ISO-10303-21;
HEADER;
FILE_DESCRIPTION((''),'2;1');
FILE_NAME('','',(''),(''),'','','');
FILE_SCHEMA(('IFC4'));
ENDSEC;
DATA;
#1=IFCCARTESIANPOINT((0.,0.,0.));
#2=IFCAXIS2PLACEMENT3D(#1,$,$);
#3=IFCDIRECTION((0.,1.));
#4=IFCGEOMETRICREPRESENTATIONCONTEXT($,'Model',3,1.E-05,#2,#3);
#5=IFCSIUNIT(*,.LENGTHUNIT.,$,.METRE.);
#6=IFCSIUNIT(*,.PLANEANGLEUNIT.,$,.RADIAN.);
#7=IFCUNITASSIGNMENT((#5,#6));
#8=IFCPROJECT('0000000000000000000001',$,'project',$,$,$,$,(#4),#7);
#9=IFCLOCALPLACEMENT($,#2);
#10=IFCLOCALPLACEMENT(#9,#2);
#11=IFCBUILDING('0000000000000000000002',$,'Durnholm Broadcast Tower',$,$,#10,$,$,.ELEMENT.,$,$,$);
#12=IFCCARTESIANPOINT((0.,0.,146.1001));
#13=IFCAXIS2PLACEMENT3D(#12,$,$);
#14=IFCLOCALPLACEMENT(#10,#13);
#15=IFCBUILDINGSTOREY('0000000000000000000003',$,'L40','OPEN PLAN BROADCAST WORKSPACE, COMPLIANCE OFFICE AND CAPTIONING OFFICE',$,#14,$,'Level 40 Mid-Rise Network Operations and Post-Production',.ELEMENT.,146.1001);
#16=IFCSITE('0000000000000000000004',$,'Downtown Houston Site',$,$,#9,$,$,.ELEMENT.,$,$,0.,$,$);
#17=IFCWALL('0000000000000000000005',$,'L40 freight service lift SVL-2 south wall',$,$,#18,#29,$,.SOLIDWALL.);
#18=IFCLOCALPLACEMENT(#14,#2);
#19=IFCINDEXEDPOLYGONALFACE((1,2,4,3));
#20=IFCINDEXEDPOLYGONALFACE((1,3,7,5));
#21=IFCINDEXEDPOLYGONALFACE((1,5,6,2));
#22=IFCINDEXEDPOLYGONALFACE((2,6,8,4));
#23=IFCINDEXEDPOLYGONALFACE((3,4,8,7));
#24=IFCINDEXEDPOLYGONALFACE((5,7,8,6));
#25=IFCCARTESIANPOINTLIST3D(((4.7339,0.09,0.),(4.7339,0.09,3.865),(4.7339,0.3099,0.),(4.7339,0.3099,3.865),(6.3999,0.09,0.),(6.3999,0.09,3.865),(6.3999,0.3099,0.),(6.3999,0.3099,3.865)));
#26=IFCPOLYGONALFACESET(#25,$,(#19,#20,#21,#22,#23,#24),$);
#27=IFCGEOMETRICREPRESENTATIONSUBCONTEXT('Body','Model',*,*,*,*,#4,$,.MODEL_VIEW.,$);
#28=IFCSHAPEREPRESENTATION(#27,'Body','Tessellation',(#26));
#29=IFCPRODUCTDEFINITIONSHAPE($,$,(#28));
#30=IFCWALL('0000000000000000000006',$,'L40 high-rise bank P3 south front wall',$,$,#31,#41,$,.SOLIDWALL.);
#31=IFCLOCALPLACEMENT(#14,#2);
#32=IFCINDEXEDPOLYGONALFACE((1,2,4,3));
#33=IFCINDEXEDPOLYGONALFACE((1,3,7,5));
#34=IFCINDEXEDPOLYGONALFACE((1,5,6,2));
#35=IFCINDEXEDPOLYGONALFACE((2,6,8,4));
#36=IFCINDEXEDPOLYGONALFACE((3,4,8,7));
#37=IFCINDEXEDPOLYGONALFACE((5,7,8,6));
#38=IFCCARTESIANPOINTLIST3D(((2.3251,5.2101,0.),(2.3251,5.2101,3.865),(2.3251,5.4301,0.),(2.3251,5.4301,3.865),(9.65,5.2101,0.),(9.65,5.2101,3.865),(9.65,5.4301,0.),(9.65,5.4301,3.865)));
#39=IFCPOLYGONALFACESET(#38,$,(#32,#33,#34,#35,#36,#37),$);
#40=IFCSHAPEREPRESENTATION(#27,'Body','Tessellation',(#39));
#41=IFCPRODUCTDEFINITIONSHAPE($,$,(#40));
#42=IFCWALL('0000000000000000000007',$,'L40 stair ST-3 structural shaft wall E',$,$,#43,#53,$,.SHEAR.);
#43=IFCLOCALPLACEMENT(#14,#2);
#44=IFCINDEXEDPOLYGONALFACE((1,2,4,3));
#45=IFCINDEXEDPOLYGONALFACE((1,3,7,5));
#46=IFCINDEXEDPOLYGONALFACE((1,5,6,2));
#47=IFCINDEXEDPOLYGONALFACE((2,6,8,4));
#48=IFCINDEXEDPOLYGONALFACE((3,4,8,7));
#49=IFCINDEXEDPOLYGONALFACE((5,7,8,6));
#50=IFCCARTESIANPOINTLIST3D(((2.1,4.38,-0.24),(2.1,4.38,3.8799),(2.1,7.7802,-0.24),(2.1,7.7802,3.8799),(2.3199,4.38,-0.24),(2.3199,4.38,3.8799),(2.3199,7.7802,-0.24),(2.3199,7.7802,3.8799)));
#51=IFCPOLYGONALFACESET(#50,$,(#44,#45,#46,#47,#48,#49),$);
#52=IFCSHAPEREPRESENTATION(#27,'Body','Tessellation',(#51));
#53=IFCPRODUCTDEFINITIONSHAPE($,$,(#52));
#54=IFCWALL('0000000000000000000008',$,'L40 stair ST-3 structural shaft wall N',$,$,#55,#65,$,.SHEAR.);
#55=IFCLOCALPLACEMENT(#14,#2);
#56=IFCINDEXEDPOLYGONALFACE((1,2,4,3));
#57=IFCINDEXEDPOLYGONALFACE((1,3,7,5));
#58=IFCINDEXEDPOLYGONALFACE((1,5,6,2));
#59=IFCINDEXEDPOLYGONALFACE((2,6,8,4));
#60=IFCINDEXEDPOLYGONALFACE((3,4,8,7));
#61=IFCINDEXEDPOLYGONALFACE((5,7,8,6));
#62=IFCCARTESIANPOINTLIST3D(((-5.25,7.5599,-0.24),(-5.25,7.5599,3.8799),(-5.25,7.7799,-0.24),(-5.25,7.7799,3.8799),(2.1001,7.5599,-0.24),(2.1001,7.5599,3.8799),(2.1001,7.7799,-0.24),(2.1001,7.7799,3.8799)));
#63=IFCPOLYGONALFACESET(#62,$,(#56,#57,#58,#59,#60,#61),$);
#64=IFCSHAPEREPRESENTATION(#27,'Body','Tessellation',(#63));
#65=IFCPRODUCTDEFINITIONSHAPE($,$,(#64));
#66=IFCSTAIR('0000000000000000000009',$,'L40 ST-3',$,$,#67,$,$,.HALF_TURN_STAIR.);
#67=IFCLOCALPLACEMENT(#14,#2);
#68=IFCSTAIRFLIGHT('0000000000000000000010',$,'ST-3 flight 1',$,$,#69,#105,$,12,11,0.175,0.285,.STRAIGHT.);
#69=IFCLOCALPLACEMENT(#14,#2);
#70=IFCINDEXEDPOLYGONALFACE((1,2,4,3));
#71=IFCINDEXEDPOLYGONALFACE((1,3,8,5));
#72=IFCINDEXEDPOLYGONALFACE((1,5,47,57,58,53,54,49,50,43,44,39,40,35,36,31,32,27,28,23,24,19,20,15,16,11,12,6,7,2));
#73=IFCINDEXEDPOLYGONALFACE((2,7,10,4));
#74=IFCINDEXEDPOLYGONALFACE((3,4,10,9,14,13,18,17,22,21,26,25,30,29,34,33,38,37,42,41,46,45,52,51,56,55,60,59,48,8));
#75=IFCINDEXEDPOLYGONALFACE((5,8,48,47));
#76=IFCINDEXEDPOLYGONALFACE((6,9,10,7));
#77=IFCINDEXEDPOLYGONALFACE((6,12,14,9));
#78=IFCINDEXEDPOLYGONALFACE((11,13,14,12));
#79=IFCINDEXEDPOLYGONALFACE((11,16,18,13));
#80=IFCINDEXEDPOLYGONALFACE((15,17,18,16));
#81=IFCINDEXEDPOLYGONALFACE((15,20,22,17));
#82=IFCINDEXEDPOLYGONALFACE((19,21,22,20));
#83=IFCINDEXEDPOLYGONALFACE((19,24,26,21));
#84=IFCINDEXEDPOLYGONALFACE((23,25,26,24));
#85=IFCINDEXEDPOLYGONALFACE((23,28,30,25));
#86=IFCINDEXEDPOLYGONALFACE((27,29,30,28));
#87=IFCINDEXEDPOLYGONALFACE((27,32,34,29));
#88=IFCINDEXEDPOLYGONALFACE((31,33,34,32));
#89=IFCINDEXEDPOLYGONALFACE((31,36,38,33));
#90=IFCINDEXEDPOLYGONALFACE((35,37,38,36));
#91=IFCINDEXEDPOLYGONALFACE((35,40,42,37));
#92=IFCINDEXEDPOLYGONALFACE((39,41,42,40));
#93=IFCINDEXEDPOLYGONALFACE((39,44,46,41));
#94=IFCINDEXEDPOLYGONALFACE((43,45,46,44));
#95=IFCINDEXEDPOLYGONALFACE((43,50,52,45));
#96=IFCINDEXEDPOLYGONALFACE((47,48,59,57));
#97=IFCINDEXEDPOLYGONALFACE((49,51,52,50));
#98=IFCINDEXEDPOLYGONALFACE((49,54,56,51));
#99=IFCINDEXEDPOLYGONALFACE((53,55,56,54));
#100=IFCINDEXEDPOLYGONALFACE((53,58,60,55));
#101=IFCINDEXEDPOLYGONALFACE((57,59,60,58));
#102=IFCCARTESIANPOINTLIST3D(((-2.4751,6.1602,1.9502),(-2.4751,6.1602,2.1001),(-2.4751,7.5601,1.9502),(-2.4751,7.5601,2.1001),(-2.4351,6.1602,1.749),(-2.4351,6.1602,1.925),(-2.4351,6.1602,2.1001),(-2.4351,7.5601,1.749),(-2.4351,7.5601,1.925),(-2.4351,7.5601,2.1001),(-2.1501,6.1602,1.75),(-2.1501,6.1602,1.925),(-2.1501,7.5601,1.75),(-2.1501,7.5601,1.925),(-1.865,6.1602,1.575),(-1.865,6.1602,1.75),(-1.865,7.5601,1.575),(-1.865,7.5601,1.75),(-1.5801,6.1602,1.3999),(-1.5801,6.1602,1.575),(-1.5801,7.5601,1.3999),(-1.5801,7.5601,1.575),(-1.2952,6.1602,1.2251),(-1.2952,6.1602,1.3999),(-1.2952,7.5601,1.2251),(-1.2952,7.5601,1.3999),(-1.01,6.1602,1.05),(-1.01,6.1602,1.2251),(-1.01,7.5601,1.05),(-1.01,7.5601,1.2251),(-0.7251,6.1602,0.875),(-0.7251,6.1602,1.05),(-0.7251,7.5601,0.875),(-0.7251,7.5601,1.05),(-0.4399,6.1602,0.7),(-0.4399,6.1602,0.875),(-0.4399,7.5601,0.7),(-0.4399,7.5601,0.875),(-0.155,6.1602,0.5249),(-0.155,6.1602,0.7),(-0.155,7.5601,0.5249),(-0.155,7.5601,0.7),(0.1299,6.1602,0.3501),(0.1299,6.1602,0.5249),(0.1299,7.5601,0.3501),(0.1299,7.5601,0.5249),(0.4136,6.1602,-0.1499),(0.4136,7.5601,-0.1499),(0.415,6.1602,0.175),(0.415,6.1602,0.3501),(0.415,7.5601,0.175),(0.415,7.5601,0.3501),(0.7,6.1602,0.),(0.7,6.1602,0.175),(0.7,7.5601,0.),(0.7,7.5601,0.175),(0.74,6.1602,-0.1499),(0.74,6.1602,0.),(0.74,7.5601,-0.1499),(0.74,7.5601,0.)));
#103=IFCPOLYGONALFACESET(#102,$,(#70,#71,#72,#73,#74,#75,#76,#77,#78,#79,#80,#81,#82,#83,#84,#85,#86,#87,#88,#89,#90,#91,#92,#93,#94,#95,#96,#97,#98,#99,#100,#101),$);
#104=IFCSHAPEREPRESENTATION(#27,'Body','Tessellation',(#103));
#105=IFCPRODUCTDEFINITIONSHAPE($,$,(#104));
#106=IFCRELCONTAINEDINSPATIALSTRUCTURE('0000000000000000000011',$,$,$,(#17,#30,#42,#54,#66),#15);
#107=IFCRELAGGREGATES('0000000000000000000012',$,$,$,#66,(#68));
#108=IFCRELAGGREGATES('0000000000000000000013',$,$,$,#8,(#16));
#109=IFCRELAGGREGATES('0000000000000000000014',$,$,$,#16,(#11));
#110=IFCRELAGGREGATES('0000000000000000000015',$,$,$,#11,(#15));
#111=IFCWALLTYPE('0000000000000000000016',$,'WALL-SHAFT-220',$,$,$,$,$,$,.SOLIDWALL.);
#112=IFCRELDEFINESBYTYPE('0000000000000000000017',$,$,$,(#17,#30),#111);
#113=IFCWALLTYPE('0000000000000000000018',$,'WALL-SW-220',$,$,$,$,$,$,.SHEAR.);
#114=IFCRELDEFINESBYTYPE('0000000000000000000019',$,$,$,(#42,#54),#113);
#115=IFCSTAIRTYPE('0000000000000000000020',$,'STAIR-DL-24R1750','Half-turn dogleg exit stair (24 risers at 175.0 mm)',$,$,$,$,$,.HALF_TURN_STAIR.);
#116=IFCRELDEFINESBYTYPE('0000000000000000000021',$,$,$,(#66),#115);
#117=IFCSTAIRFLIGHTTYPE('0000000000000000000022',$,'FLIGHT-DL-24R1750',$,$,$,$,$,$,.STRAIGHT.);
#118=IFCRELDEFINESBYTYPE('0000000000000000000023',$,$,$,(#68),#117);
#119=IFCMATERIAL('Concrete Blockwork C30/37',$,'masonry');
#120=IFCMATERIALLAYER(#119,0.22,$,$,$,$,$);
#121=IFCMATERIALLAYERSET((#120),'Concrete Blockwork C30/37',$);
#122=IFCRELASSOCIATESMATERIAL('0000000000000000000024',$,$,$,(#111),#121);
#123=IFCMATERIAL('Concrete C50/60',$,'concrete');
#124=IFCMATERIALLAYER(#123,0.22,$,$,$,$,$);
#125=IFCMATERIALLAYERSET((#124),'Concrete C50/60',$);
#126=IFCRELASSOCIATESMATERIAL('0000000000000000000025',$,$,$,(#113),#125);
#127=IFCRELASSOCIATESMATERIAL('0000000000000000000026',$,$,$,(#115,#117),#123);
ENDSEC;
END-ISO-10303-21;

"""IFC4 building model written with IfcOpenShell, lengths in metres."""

from ifc_helpers import new_model, si_unit, direction, frame, frame_2d, origin, place, context, subcontext, project, spatial, polyline, rectangle, outline, extrude, material, layer, layer_set, type_object, element, aggregate, save


model = new_model("IFC4")

# Units and contexts
model_context = context("Model", 3, precision=1e-05, world=origin(), true_north=direction((0.0, 1.0)))
body_context = subcontext(model_context, "Body", "Model", "MODEL_VIEW")
ifc_project = project(units=[si_unit("LENGTHUNIT", "METRE"), si_unit("PLANEANGLEUNIT", "RADIAN")], contexts=[model_context])

# Site, building, storey
site_placement = place(None, origin())
site = spatial("IfcSite", under=ifc_project, at=site_placement, Name="Downtown Houston Site", CompositionType="ELEMENT", RefElevation=0.0)
building_placement = place(site_placement, origin())
building = spatial("IfcBuilding", under=site, at=building_placement, Name="Durnholm Broadcast Tower", CompositionType="ELEMENT")
storey_placement = place(building_placement, frame((0.0, 0.0, 146.1001)))
storey = spatial("IfcBuildingStorey", under=building, at=storey_placement, Name="L40", Description="OPEN PLAN BROADCAST WORKSPACE, COMPLIANCE OFFICE AND CAPTIONING OFFICE", LongName="Level 40 Mid-Rise Network Operations and Post-Production", CompositionType="ELEMENT", Elevation=146.1001)

# Shared definitions
ifc_material_1 = material(Name="Concrete Blockwork C30/37", Category="masonry")
ifc_layer_1 = layer(ifc_material_1, 0.22)
ifc_layer_set_1 = layer_set([ifc_layer_1], Name="Concrete Blockwork C30/37")
wall_type_1 = type_object("IfcWallType", Name="WALL-SHAFT-220", PredefinedType="SOLIDWALL", material=ifc_layer_set_1)

# Walls
wall_1_placement = place(storey_placement, frame((4.7339, 0.2, 0.0), z_axis=(0.0, 0.0, 1.0), x_axis=(1.0, 0.0, 0.0)))
element("IfcWall", 1, at=wall_1_placement, inside=storey, type_object=wall_type_1, Name="L40 freight service lift SVL-2 south wall", PredefinedType="SOLIDWALL", context=body_context, shape_type="SweptSolid", body=[
    extrude(rectangle(XDim=1.666, YDim=0.22, at=frame_2d((0.833, 0.0))), origin(), (0.0, 0.0, 1.0), 3.865),
])
wall_2_placement = place(storey_placement, frame((2.325, 5.3201, 0.0), z_axis=(0.0, 0.0, 1.0), x_axis=(1.0, 0.0, 0.0)))
element("IfcWall", 2, at=wall_2_placement, inside=storey, type_object=wall_type_1, Name="L40 high-rise bank P3 south front wall", PredefinedType="SOLIDWALL", context=body_context, shape_type="SweptSolid", body=[
    extrude(rectangle(XDim=7.325, YDim=0.22, at=frame_2d((3.6626, 0.0))), origin(), (0.0, 0.0, 1.0), 3.865),
])
ifc_material_2 = material(Name="Concrete C50/60", Category="concrete")
ifc_layer_2 = layer(ifc_material_2, 0.22)
ifc_layer_set_2 = layer_set([ifc_layer_2], Name="Concrete C50/60")
wall_type_2 = type_object("IfcWallType", Name="WALL-SW-220", PredefinedType="SHEAR", material=ifc_layer_set_2)
wall_3_placement = place(storey_placement, frame((2.21, 4.3799, -0.24), z_axis=(0.0, 0.0, 1.0), x_axis=(0.0, 1.0, 0.0)))
element("IfcWall", 3, at=wall_3_placement, inside=storey, type_object=wall_type_2, Name="L40 stair ST-3 structural shaft wall E", PredefinedType="SHEAR", context=body_context, shape_type="SweptSolid", body=[
    extrude(rectangle(XDim=3.4001, YDim=0.22, at=frame_2d((1.7002, 0.0))), origin(), (0.0, 0.0, 1.0), 4.1199),
])
wall_4_placement = place(storey_placement, frame((2.1001, 7.6699, -0.24), z_axis=(0.0, 0.0, 1.0), x_axis=(-1.0, 0.0, 0.0)))
element("IfcWall", 4, at=wall_4_placement, inside=storey, type_object=wall_type_2, Name="L40 stair ST-3 structural shaft wall N", PredefinedType="SHEAR", context=body_context, shape_type="SweptSolid", body=[
    extrude(rectangle(XDim=7.3501, YDim=0.22, at=frame_2d((3.675, 0.0))), origin(), (0.0, 0.0, 1.0), 4.1199),
])

# Stair, stair flight
stair_type = type_object("IfcStairType", Name="STAIR-DL-24R1750", Description="Half-turn dogleg exit stair (24 risers at 175.0 mm)", PredefinedType="HALF_TURN_STAIR", material=ifc_material_2)
stair_placement = place(storey_placement, origin())
stair = element("IfcStair", 5, at=stair_placement, inside=storey, type_object=stair_type, Name="L40 ST-3", PredefinedType="HALF_TURN_STAIR")
stair_flight_type = type_object("IfcStairFlightType", Name="FLIGHT-DL-24R1750", PredefinedType="STRAIGHT", material=ifc_material_2)
stair_flight_placement = place(storey_placement, frame((0.7, 6.8601, 0.0), z_axis=(0.0, 0.0, 1.0), x_axis=(-1.0, 0.0, 0.0)))
stair_flight = element("IfcStairFlight", 6, at=stair_flight_placement, type_object=stair_flight_type, Name="ST-3 flight 1", NumberOfRisers=12, NumberOfTreads=11, PredefinedType="STRAIGHT", RiserHeight=0.175, TreadLength=0.285, context=body_context, shape_type="SweptSolid", body=[
    extrude(outline(polyline([(-0.04, -0.1499), (-0.04, 0.0), (0.0, 0.0), (0.0, 0.175), (0.2849, 0.175), (0.2849, 0.3501), (0.5701, 0.3501), (0.5701, 0.5249), (0.855, 0.5249), (0.855, 0.7), (1.1399, 0.7), (1.1399, 0.875), (1.425, 0.875), (1.425, 1.05), (1.71, 1.05), (1.71, 1.2251), (1.9951, 1.2251), (1.9951, 1.3999), (2.28, 1.3999), (2.28, 1.575), (2.5649, 1.575), (2.5649, 1.75), (2.8501, 1.75), (2.8501, 1.925), (3.135, 1.925), (3.135, 2.1001), (3.175, 2.1001), (3.175, 1.9502), (3.135, 1.749), (0.2864, -0.1499), (-0.04, -0.1499)])), frame((0.0, 0.7, 0.0), z_axis=(0.0, -1.0, 0.0), x_axis=(1.0, 0.0, 0.0)), (0.0, 0.0, 1.0), 1.3999),
])
aggregate(stair, [stair_flight])

save(model, "model.ifc")
